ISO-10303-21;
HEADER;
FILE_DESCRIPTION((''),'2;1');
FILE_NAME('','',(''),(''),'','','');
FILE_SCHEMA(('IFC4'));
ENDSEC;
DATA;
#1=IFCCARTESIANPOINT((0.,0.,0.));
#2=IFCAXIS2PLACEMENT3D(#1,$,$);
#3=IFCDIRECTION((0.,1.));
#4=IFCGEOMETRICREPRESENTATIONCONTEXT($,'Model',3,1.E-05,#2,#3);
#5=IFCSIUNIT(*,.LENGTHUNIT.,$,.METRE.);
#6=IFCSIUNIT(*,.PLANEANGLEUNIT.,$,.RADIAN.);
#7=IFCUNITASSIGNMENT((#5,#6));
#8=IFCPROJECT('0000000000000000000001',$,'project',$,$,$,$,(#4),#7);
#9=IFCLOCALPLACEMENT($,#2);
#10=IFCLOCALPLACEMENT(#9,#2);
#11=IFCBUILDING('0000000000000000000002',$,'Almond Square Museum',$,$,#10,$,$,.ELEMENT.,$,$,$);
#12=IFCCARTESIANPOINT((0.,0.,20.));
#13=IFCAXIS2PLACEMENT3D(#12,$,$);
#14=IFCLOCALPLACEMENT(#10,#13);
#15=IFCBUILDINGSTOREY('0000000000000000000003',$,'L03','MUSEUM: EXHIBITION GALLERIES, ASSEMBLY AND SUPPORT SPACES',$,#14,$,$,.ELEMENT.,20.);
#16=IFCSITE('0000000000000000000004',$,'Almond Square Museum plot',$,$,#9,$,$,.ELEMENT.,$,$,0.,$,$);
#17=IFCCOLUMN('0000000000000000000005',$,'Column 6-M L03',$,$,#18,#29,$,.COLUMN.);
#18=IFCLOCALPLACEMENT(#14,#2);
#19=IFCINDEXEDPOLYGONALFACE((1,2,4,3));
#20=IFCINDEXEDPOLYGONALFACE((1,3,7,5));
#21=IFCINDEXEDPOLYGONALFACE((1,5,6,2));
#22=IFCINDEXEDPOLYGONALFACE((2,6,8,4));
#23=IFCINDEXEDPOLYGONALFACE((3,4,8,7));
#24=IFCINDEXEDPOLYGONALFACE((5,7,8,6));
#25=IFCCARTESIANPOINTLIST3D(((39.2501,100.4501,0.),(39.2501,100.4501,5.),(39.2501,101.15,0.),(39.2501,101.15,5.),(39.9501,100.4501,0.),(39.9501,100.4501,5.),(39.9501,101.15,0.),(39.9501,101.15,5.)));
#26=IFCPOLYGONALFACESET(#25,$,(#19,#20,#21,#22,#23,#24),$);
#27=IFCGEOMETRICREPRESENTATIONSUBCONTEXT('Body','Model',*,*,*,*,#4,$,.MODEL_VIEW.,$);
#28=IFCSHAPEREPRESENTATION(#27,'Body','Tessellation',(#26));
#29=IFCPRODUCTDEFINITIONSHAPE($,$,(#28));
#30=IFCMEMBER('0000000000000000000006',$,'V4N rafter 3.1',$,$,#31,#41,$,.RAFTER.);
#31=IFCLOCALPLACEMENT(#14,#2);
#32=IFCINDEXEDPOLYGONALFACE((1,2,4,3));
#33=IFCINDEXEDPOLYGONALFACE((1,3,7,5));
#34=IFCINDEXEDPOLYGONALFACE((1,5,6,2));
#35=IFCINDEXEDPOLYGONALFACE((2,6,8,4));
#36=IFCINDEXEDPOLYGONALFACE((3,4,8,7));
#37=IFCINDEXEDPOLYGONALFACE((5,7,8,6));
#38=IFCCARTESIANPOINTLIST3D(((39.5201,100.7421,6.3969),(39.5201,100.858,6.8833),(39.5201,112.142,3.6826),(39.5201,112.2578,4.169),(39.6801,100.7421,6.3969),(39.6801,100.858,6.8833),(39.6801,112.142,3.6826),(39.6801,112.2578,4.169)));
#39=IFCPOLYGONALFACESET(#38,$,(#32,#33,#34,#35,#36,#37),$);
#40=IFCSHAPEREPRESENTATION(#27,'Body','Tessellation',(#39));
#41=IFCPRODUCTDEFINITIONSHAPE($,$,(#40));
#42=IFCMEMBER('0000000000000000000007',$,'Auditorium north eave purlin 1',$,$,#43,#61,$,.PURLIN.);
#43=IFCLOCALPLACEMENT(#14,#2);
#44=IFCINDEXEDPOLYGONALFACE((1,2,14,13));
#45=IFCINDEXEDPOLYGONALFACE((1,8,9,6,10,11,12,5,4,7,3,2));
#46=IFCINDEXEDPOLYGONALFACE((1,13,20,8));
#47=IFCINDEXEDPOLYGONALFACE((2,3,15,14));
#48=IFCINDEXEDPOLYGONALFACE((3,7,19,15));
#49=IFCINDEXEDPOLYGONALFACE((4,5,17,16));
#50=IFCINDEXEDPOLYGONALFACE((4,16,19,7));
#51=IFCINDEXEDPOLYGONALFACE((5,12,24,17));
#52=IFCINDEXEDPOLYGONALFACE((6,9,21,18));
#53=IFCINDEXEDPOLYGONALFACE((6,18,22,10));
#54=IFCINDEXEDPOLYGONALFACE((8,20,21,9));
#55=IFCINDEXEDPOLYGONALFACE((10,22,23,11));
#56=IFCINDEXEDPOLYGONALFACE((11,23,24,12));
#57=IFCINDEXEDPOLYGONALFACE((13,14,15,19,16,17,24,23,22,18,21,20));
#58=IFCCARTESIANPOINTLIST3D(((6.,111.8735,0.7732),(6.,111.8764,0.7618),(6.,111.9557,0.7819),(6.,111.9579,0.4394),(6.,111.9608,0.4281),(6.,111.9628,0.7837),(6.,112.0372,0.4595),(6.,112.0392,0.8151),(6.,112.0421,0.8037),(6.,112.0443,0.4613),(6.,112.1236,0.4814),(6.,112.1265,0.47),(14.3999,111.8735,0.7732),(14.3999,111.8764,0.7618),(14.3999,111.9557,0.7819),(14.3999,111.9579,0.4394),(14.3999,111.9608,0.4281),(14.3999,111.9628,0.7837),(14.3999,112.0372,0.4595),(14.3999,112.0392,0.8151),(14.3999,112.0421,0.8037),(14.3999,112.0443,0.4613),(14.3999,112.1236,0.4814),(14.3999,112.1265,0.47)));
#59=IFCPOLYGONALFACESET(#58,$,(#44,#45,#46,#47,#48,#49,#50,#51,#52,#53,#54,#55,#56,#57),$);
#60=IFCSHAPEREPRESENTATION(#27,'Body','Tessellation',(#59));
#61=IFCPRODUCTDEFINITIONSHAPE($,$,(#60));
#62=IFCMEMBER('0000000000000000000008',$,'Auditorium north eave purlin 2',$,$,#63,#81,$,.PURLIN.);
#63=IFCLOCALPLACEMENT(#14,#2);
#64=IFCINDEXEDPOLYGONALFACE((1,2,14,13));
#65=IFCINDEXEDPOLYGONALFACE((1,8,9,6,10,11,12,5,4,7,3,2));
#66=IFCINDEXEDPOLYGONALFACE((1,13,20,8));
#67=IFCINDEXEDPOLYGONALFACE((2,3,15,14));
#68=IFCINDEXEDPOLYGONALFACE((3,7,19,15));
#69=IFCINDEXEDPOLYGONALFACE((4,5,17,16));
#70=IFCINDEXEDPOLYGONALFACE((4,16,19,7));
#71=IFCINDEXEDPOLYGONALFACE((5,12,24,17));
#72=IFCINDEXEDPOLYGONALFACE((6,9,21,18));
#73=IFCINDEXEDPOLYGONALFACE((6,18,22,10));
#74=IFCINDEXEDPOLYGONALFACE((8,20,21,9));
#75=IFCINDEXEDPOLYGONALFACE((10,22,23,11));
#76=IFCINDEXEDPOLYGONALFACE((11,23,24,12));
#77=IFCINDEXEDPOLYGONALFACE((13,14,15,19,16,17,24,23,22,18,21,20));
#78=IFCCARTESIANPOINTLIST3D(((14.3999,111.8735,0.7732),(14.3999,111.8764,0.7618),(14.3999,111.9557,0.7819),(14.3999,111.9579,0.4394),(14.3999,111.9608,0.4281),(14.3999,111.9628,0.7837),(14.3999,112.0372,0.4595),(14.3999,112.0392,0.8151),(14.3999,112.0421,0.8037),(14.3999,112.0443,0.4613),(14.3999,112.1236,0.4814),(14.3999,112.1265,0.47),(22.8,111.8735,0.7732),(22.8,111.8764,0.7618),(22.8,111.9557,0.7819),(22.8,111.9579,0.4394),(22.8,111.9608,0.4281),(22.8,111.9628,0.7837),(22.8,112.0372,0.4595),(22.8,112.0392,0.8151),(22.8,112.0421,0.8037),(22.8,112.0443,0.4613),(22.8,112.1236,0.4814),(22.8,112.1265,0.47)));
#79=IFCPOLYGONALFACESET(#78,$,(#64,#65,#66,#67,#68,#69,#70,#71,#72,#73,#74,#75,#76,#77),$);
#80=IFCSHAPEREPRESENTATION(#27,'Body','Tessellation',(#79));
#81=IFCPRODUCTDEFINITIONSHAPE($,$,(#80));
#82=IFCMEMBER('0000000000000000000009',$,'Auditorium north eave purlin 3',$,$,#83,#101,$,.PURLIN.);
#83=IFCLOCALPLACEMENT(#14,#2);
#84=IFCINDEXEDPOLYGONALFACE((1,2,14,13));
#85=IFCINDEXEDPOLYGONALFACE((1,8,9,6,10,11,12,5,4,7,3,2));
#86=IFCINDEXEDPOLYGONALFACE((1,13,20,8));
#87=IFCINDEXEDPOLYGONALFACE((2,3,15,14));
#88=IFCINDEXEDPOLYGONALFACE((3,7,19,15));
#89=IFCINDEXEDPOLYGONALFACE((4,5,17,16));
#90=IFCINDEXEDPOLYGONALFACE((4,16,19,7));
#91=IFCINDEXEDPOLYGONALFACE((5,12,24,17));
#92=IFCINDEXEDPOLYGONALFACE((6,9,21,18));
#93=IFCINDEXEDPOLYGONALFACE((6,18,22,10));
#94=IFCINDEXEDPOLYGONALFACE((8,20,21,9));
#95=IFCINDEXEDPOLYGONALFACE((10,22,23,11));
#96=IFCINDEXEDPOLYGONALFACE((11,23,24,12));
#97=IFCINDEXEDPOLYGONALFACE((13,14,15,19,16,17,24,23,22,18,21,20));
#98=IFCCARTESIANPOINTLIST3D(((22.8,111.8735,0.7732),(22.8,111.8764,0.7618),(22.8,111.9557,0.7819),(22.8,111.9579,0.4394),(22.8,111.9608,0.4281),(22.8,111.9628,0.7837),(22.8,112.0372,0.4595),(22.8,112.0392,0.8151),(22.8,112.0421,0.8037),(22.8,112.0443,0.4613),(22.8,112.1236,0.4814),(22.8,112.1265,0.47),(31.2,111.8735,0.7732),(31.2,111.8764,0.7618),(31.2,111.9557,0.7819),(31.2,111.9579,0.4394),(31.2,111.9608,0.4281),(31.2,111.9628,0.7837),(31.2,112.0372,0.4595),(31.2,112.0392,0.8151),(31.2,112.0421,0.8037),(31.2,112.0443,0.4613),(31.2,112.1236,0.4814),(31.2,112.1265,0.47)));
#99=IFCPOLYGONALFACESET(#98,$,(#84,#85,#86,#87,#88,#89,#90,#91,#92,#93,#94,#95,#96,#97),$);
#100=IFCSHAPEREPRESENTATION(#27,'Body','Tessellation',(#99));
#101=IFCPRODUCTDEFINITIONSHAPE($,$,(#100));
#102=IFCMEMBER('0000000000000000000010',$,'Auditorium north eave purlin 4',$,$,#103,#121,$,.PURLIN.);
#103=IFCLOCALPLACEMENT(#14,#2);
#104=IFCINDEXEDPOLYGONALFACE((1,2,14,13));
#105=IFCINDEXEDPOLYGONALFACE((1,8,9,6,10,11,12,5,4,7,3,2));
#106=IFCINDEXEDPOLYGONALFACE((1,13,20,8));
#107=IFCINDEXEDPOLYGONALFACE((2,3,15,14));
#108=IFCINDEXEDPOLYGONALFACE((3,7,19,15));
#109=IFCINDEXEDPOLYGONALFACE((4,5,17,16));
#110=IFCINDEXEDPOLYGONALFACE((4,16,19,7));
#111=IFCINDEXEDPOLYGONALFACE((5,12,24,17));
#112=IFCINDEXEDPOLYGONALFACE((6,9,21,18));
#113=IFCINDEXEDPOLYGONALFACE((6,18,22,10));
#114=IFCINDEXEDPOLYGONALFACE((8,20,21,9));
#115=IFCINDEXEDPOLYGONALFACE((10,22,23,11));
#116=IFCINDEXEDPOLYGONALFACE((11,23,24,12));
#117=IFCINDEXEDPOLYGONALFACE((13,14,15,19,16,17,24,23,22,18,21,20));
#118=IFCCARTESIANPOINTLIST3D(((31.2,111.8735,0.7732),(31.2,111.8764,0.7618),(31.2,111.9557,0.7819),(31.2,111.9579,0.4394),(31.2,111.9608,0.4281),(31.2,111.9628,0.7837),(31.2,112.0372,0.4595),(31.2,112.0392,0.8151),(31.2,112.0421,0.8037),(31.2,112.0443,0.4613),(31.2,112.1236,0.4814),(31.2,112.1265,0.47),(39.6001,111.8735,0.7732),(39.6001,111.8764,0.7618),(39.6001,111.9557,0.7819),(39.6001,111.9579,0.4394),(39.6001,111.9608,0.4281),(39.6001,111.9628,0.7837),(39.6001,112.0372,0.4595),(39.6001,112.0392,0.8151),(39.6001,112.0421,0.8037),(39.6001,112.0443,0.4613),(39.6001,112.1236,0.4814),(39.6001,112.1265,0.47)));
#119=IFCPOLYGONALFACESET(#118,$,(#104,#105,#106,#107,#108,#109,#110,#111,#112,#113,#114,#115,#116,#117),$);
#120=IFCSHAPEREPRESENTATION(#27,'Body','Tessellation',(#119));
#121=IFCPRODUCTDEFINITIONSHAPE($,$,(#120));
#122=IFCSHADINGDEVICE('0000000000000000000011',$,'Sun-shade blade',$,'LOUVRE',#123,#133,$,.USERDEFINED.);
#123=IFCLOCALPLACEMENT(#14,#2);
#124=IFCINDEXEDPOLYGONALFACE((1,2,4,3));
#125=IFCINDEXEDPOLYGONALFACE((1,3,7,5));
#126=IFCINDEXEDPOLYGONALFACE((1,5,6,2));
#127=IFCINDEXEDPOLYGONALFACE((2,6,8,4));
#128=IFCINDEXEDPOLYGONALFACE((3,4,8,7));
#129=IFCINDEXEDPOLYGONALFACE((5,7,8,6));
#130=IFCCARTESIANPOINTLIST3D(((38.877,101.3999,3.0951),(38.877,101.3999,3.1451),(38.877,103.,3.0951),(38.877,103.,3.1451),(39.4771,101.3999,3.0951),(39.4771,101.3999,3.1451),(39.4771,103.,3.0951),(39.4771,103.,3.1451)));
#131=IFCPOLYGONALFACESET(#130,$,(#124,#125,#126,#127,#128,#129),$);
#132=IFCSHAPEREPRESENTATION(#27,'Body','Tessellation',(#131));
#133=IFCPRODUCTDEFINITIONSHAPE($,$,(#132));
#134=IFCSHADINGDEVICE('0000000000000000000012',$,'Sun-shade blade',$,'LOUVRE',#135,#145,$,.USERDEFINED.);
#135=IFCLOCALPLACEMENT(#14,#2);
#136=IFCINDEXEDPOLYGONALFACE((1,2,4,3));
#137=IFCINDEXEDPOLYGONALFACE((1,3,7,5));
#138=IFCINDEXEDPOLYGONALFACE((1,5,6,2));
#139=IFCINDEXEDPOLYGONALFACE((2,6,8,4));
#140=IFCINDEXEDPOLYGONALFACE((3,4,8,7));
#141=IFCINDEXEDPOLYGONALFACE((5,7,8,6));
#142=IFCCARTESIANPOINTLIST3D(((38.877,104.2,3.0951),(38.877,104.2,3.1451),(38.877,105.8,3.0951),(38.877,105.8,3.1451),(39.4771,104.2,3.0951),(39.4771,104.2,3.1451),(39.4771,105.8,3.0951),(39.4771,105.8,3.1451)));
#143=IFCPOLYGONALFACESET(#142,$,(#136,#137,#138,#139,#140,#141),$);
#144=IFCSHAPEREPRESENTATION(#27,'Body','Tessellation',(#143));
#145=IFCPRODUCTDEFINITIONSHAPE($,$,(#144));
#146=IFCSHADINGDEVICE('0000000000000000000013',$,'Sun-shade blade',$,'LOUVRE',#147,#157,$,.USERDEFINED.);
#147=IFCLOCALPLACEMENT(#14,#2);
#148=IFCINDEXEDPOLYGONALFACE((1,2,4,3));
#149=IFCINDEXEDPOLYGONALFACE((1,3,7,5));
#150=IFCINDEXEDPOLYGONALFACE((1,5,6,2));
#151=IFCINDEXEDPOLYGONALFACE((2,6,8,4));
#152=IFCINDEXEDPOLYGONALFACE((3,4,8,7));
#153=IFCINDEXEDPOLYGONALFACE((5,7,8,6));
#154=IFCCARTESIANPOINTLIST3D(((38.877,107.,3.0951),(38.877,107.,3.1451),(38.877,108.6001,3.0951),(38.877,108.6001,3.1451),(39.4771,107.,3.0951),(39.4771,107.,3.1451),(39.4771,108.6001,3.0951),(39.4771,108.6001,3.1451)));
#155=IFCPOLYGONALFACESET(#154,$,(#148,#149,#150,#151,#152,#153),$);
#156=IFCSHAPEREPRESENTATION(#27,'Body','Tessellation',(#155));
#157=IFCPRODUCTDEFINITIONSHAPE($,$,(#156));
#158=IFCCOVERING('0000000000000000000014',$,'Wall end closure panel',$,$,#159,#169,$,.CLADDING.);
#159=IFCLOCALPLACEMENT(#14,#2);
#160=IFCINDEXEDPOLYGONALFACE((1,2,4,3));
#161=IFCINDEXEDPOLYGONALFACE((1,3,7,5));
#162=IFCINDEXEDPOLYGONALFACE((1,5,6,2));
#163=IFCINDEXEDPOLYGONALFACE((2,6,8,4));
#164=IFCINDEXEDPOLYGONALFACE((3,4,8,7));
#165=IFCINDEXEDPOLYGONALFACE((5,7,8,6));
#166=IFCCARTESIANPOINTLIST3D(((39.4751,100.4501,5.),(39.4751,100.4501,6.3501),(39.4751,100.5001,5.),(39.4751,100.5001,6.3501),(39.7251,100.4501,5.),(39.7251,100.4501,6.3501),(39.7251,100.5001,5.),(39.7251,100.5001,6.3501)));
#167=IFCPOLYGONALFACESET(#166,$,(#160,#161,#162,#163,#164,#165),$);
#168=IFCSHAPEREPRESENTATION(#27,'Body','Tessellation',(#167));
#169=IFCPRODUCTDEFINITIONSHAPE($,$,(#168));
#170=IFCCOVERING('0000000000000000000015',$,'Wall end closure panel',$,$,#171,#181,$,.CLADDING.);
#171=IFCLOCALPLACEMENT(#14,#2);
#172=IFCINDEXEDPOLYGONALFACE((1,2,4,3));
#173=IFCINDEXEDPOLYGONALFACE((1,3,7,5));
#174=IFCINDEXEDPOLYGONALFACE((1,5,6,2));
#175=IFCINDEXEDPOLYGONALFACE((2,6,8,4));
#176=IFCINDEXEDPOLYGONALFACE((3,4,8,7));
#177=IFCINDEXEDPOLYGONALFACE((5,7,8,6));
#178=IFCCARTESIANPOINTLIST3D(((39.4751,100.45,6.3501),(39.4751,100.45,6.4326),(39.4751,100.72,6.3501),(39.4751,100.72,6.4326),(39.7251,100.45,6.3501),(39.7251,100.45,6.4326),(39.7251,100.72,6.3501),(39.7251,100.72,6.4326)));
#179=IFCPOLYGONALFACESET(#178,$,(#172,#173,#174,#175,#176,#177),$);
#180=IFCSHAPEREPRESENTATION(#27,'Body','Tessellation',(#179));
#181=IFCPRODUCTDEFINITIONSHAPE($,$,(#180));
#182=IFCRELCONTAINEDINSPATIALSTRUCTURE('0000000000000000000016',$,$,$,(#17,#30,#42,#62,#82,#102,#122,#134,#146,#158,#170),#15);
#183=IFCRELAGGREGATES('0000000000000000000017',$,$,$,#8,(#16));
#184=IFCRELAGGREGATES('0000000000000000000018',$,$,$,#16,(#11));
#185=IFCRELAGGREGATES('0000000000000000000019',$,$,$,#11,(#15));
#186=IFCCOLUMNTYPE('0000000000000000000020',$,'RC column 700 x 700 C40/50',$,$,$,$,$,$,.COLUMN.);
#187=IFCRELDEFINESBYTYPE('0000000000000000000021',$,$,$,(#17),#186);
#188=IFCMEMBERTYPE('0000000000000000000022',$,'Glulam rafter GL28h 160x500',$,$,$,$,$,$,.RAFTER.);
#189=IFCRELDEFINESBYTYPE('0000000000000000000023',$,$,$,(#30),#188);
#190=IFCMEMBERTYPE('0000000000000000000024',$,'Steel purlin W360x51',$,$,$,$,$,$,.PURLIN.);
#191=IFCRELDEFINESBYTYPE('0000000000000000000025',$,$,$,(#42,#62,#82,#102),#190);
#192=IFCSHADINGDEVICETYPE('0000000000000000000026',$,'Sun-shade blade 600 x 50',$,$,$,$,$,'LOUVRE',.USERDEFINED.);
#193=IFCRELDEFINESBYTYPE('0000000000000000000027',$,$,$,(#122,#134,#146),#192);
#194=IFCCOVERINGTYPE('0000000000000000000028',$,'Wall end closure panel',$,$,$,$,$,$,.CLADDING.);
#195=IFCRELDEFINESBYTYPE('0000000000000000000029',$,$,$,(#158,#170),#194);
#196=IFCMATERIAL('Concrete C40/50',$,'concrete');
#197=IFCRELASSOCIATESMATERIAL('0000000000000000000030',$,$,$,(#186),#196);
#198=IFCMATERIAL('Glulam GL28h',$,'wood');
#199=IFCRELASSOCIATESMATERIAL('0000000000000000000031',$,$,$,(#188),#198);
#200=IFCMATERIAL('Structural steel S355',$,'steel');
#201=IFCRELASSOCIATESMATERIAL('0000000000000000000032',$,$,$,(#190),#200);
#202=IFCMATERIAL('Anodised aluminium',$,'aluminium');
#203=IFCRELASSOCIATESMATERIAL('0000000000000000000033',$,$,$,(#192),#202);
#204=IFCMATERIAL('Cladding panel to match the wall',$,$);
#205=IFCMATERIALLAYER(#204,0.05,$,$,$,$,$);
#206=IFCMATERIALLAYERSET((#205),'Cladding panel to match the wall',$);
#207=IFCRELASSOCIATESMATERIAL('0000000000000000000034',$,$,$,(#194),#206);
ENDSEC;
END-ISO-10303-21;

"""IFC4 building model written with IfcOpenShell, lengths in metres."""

from ifc_helpers import new_model, si_unit, direction, frame, origin, origin_2d, place, context, subcontext, project, spatial, rectangle, i_section, extrude, material, layer, layer_set, material_profile, profile_set, type_object, element, save


model = new_model("IFC4")

# Units and contexts
model_context = context("Model", 3, precision=1e-05, world=origin(), true_north=direction((0.0, 1.0)))
body_context = subcontext(model_context, "Body", "Model", "MODEL_VIEW")
ifc_project = project(units=[si_unit("LENGTHUNIT", "METRE"), si_unit("PLANEANGLEUNIT", "RADIAN")], contexts=[model_context])

# Site, building, storey
site_placement = place(None, origin())
site = spatial("IfcSite", under=ifc_project, at=site_placement, Name="Almond Square Museum plot", CompositionType="ELEMENT", RefElevation=0.0)
building_placement = place(site_placement, origin())
building = spatial("IfcBuilding", under=site, at=building_placement, Name="Almond Square Museum", CompositionType="ELEMENT")
storey_placement = place(building_placement, frame((0.0, 0.0, 20.0)))
storey = spatial("IfcBuildingStorey", under=building, at=storey_placement, Name="L03", Description="MUSEUM: EXHIBITION GALLERIES, ASSEMBLY AND SUPPORT SPACES", CompositionType="ELEMENT", Elevation=20.0)

# Column
ifc_material_1 = material(Name="Concrete C40/50", Category="concrete")
ifc_material_profile_1 = material_profile(ifc_material_1, rectangle(XDim=0.7, YDim=0.7, at=origin_2d()))
ifc_profile_set_1 = profile_set([ifc_material_profile_1], Name="Concrete C40/50")
column_type = type_object("IfcColumnType", Name="RC column 700 x 700 C40/50", PredefinedType="COLUMN", material=ifc_profile_set_1)
column_placement = place(storey_placement, frame((39.6001, 100.8, 0.0), z_axis=(0.0, 0.0, 1.0), x_axis=(1.0, 0.0, 0.0)))
element("IfcColumn", 1, at=column_placement, inside=storey, type_object=column_type, Name="Column 6-M L03", PredefinedType="COLUMN", context=body_context, shape_type="SweptSolid", body=[
    extrude(rectangle(XDim=0.7, YDim=0.7, at=origin_2d()), origin(), (0.0, 0.0, 1.0), 5.0),
])

# Members
ifc_material_2 = material(Name="Glulam GL28h", Category="wood")
ifc_material_profile_2 = material_profile(ifc_material_2, rectangle(XDim=0.1599, YDim=0.5, at=origin_2d()))
ifc_profile_set_2 = profile_set([ifc_material_profile_2], Name="Glulam GL28h")
member_type_1 = type_object("IfcMemberType", Name="Glulam rafter GL28h 160x500", PredefinedType="RAFTER", material=ifc_profile_set_2)
member_1_placement = place(storey_placement, frame((39.6001, 100.8, 6.6401), z_axis=(0.0, 0.972804, -0.231628), x_axis=(-1.0, 0.0, 0.0)))
element("IfcMember", 2, at=member_1_placement, inside=storey, type_object=member_type_1, Name="V4N rafter 3.1", PredefinedType="RAFTER", context=body_context, shape_type="SweptSolid", body=[
    extrude(rectangle(XDim=0.1599, YDim=0.5, at=origin_2d()), origin(), (0.0, 0.0, 1.0), 11.7185),
])
ifc_material_3 = material(Name="Structural steel S355", Category="steel")
ifc_material_profile_3 = material_profile(ifc_material_3, i_section(OverallWidth=0.1709, OverallDepth=0.356, WebThickness=0.0073, FlangeThickness=0.0117, at=origin_2d()))
ifc_profile_set_3 = profile_set([ifc_material_profile_3], Name="Structural steel S355")
member_type_2 = type_object("IfcMemberType", Name="Steel purlin W360x51", PredefinedType="PURLIN", material=ifc_profile_set_3)
member_2_placement = place(storey_placement, frame((6.0, 112.0, 0.6216), z_axis=(1.0, 0.0, 0.0), x_axis=(0.0, 0.96946, 0.24525)))
element("IfcMember", 3, at=member_2_placement, inside=storey, type_object=member_type_2, Name="Auditorium north eave purlin 1", PredefinedType="PURLIN", context=body_context, shape_type="SweptSolid", body=[
    extrude(i_section(OverallWidth=0.1709, OverallDepth=0.356, WebThickness=0.0073, FlangeThickness=0.0117, at=origin_2d()), origin(), (0.0, 0.0, 1.0), 8.3999),
])
member_3_placement = place(storey_placement, frame((14.3999, 112.0, 0.6216), z_axis=(1.0, 0.0, 0.0), x_axis=(0.0, 0.96946, 0.24525)))
element("IfcMember", 4, at=member_3_placement, inside=storey, type_object=member_type_2, Name="Auditorium north eave purlin 2", PredefinedType="PURLIN", context=body_context, shape_type="SweptSolid", body=[
    extrude(i_section(OverallWidth=0.1709, OverallDepth=0.356, WebThickness=0.0073, FlangeThickness=0.0117, at=origin_2d()), origin(), (0.0, 0.0, 1.0), 8.4001),
])
member_4_placement = place(storey_placement, frame((22.8, 112.0, 0.6216), z_axis=(1.0, 0.0, 0.0), x_axis=(0.0, 0.96946, 0.24525)))
element("IfcMember", 5, at=member_4_placement, inside=storey, type_object=member_type_2, Name="Auditorium north eave purlin 3", PredefinedType="PURLIN", context=body_context, shape_type="SweptSolid", body=[
    extrude(i_section(OverallWidth=0.1709, OverallDepth=0.356, WebThickness=0.0073, FlangeThickness=0.0117, at=origin_2d()), origin(), (0.0, 0.0, 1.0), 8.3999),
])
member_5_placement = place(storey_placement, frame((31.2, 112.0, 0.6216), z_axis=(1.0, 0.0, 0.0), x_axis=(0.0, 0.96946, 0.24525)))
element("IfcMember", 6, at=member_5_placement, inside=storey, type_object=member_type_2, Name="Auditorium north eave purlin 4", PredefinedType="PURLIN", context=body_context, shape_type="SweptSolid", body=[
    extrude(i_section(OverallWidth=0.1709, OverallDepth=0.356, WebThickness=0.0073, FlangeThickness=0.0117, at=origin_2d()), origin(), (0.0, 0.0, 1.0), 8.4001),
])

# Shading devices
ifc_material_4 = material(Name="Anodised aluminium", Category="aluminium")
ifc_material_profile_4 = material_profile(ifc_material_4, rectangle(XDim=0.6001, YDim=0.05, at=origin_2d()))
ifc_profile_set_4 = profile_set([ifc_material_profile_4], Name="Anodised aluminium")
shading_device_type = type_object("IfcShadingDeviceType", Name="Sun-shade blade 600 x 50", ElementType="LOUVRE", PredefinedType="USERDEFINED", material=ifc_profile_set_4)
for number, where, z_axis, x_axis, name in (
    (7, (39.177, 101.3999, 3.1201), (0.0, 1.0, 0.0), (-1.0, 0.0, 0.0), "Sun-shade blade"),
    (8, (39.177, 104.2, 3.1201), (0.0, 1.0, 0.0), (-1.0, 0.0, 0.0), "Sun-shade blade"),
    (9, (39.177, 107.0, 3.1201), (0.0, 1.0, 0.0), (-1.0, 0.0, 0.0), "Sun-shade blade"),
):
    element("IfcShadingDevice", number, at=place(storey_placement, frame(where, z_axis=z_axis, x_axis=x_axis)), inside=storey, type_object=shading_device_type, Name=name, ObjectType="LOUVRE", PredefinedType="USERDEFINED", context=body_context, shape_type="SweptSolid", body=[
        extrude(rectangle(XDim=0.6001, YDim=0.05, at=origin_2d()), origin(), (0.0, 0.0, 1.0), 1.6001),
    ])

# Coverings
ifc_material_5 = material(Name="Cladding panel to match the wall")
ifc_layer = layer(ifc_material_5, 0.05)
ifc_layer_set = layer_set([ifc_layer], Name="Cladding panel to match the wall")
covering_type = type_object("IfcCoveringType", Name="Wall end closure panel", PredefinedType="CLADDING", material=ifc_layer_set)
covering_1_placement = place(storey_placement, frame((39.6001, 100.4751, 5.0), z_axis=(0.0, 0.0, 1.0), x_axis=(1.0, 0.0, 0.0)))
element("IfcCovering", 10, at=covering_1_placement, inside=storey, type_object=covering_type, Name="Wall end closure panel", PredefinedType="CLADDING", context=body_context, shape_type="SweptSolid", body=[
    extrude(rectangle(XDim=0.25, YDim=0.05, at=origin_2d()), origin(), (0.0, 0.0, 1.0), 1.3501),
])
covering_2_placement = place(storey_placement, frame((39.6001, 100.585, 6.3501), z_axis=(0.0, 0.0, 1.0), x_axis=(1.0, 0.0, 0.0)))
element("IfcCovering", 11, at=covering_2_placement, inside=storey, type_object=covering_type, Name="Wall end closure panel", PredefinedType="CLADDING", context=body_context, shape_type="SweptSolid", body=[
    extrude(rectangle(XDim=0.25, YDim=0.27, at=origin_2d()), origin(), (0.0, 0.0, 1.0), 0.0825),
])

save(model, "model.ifc")
